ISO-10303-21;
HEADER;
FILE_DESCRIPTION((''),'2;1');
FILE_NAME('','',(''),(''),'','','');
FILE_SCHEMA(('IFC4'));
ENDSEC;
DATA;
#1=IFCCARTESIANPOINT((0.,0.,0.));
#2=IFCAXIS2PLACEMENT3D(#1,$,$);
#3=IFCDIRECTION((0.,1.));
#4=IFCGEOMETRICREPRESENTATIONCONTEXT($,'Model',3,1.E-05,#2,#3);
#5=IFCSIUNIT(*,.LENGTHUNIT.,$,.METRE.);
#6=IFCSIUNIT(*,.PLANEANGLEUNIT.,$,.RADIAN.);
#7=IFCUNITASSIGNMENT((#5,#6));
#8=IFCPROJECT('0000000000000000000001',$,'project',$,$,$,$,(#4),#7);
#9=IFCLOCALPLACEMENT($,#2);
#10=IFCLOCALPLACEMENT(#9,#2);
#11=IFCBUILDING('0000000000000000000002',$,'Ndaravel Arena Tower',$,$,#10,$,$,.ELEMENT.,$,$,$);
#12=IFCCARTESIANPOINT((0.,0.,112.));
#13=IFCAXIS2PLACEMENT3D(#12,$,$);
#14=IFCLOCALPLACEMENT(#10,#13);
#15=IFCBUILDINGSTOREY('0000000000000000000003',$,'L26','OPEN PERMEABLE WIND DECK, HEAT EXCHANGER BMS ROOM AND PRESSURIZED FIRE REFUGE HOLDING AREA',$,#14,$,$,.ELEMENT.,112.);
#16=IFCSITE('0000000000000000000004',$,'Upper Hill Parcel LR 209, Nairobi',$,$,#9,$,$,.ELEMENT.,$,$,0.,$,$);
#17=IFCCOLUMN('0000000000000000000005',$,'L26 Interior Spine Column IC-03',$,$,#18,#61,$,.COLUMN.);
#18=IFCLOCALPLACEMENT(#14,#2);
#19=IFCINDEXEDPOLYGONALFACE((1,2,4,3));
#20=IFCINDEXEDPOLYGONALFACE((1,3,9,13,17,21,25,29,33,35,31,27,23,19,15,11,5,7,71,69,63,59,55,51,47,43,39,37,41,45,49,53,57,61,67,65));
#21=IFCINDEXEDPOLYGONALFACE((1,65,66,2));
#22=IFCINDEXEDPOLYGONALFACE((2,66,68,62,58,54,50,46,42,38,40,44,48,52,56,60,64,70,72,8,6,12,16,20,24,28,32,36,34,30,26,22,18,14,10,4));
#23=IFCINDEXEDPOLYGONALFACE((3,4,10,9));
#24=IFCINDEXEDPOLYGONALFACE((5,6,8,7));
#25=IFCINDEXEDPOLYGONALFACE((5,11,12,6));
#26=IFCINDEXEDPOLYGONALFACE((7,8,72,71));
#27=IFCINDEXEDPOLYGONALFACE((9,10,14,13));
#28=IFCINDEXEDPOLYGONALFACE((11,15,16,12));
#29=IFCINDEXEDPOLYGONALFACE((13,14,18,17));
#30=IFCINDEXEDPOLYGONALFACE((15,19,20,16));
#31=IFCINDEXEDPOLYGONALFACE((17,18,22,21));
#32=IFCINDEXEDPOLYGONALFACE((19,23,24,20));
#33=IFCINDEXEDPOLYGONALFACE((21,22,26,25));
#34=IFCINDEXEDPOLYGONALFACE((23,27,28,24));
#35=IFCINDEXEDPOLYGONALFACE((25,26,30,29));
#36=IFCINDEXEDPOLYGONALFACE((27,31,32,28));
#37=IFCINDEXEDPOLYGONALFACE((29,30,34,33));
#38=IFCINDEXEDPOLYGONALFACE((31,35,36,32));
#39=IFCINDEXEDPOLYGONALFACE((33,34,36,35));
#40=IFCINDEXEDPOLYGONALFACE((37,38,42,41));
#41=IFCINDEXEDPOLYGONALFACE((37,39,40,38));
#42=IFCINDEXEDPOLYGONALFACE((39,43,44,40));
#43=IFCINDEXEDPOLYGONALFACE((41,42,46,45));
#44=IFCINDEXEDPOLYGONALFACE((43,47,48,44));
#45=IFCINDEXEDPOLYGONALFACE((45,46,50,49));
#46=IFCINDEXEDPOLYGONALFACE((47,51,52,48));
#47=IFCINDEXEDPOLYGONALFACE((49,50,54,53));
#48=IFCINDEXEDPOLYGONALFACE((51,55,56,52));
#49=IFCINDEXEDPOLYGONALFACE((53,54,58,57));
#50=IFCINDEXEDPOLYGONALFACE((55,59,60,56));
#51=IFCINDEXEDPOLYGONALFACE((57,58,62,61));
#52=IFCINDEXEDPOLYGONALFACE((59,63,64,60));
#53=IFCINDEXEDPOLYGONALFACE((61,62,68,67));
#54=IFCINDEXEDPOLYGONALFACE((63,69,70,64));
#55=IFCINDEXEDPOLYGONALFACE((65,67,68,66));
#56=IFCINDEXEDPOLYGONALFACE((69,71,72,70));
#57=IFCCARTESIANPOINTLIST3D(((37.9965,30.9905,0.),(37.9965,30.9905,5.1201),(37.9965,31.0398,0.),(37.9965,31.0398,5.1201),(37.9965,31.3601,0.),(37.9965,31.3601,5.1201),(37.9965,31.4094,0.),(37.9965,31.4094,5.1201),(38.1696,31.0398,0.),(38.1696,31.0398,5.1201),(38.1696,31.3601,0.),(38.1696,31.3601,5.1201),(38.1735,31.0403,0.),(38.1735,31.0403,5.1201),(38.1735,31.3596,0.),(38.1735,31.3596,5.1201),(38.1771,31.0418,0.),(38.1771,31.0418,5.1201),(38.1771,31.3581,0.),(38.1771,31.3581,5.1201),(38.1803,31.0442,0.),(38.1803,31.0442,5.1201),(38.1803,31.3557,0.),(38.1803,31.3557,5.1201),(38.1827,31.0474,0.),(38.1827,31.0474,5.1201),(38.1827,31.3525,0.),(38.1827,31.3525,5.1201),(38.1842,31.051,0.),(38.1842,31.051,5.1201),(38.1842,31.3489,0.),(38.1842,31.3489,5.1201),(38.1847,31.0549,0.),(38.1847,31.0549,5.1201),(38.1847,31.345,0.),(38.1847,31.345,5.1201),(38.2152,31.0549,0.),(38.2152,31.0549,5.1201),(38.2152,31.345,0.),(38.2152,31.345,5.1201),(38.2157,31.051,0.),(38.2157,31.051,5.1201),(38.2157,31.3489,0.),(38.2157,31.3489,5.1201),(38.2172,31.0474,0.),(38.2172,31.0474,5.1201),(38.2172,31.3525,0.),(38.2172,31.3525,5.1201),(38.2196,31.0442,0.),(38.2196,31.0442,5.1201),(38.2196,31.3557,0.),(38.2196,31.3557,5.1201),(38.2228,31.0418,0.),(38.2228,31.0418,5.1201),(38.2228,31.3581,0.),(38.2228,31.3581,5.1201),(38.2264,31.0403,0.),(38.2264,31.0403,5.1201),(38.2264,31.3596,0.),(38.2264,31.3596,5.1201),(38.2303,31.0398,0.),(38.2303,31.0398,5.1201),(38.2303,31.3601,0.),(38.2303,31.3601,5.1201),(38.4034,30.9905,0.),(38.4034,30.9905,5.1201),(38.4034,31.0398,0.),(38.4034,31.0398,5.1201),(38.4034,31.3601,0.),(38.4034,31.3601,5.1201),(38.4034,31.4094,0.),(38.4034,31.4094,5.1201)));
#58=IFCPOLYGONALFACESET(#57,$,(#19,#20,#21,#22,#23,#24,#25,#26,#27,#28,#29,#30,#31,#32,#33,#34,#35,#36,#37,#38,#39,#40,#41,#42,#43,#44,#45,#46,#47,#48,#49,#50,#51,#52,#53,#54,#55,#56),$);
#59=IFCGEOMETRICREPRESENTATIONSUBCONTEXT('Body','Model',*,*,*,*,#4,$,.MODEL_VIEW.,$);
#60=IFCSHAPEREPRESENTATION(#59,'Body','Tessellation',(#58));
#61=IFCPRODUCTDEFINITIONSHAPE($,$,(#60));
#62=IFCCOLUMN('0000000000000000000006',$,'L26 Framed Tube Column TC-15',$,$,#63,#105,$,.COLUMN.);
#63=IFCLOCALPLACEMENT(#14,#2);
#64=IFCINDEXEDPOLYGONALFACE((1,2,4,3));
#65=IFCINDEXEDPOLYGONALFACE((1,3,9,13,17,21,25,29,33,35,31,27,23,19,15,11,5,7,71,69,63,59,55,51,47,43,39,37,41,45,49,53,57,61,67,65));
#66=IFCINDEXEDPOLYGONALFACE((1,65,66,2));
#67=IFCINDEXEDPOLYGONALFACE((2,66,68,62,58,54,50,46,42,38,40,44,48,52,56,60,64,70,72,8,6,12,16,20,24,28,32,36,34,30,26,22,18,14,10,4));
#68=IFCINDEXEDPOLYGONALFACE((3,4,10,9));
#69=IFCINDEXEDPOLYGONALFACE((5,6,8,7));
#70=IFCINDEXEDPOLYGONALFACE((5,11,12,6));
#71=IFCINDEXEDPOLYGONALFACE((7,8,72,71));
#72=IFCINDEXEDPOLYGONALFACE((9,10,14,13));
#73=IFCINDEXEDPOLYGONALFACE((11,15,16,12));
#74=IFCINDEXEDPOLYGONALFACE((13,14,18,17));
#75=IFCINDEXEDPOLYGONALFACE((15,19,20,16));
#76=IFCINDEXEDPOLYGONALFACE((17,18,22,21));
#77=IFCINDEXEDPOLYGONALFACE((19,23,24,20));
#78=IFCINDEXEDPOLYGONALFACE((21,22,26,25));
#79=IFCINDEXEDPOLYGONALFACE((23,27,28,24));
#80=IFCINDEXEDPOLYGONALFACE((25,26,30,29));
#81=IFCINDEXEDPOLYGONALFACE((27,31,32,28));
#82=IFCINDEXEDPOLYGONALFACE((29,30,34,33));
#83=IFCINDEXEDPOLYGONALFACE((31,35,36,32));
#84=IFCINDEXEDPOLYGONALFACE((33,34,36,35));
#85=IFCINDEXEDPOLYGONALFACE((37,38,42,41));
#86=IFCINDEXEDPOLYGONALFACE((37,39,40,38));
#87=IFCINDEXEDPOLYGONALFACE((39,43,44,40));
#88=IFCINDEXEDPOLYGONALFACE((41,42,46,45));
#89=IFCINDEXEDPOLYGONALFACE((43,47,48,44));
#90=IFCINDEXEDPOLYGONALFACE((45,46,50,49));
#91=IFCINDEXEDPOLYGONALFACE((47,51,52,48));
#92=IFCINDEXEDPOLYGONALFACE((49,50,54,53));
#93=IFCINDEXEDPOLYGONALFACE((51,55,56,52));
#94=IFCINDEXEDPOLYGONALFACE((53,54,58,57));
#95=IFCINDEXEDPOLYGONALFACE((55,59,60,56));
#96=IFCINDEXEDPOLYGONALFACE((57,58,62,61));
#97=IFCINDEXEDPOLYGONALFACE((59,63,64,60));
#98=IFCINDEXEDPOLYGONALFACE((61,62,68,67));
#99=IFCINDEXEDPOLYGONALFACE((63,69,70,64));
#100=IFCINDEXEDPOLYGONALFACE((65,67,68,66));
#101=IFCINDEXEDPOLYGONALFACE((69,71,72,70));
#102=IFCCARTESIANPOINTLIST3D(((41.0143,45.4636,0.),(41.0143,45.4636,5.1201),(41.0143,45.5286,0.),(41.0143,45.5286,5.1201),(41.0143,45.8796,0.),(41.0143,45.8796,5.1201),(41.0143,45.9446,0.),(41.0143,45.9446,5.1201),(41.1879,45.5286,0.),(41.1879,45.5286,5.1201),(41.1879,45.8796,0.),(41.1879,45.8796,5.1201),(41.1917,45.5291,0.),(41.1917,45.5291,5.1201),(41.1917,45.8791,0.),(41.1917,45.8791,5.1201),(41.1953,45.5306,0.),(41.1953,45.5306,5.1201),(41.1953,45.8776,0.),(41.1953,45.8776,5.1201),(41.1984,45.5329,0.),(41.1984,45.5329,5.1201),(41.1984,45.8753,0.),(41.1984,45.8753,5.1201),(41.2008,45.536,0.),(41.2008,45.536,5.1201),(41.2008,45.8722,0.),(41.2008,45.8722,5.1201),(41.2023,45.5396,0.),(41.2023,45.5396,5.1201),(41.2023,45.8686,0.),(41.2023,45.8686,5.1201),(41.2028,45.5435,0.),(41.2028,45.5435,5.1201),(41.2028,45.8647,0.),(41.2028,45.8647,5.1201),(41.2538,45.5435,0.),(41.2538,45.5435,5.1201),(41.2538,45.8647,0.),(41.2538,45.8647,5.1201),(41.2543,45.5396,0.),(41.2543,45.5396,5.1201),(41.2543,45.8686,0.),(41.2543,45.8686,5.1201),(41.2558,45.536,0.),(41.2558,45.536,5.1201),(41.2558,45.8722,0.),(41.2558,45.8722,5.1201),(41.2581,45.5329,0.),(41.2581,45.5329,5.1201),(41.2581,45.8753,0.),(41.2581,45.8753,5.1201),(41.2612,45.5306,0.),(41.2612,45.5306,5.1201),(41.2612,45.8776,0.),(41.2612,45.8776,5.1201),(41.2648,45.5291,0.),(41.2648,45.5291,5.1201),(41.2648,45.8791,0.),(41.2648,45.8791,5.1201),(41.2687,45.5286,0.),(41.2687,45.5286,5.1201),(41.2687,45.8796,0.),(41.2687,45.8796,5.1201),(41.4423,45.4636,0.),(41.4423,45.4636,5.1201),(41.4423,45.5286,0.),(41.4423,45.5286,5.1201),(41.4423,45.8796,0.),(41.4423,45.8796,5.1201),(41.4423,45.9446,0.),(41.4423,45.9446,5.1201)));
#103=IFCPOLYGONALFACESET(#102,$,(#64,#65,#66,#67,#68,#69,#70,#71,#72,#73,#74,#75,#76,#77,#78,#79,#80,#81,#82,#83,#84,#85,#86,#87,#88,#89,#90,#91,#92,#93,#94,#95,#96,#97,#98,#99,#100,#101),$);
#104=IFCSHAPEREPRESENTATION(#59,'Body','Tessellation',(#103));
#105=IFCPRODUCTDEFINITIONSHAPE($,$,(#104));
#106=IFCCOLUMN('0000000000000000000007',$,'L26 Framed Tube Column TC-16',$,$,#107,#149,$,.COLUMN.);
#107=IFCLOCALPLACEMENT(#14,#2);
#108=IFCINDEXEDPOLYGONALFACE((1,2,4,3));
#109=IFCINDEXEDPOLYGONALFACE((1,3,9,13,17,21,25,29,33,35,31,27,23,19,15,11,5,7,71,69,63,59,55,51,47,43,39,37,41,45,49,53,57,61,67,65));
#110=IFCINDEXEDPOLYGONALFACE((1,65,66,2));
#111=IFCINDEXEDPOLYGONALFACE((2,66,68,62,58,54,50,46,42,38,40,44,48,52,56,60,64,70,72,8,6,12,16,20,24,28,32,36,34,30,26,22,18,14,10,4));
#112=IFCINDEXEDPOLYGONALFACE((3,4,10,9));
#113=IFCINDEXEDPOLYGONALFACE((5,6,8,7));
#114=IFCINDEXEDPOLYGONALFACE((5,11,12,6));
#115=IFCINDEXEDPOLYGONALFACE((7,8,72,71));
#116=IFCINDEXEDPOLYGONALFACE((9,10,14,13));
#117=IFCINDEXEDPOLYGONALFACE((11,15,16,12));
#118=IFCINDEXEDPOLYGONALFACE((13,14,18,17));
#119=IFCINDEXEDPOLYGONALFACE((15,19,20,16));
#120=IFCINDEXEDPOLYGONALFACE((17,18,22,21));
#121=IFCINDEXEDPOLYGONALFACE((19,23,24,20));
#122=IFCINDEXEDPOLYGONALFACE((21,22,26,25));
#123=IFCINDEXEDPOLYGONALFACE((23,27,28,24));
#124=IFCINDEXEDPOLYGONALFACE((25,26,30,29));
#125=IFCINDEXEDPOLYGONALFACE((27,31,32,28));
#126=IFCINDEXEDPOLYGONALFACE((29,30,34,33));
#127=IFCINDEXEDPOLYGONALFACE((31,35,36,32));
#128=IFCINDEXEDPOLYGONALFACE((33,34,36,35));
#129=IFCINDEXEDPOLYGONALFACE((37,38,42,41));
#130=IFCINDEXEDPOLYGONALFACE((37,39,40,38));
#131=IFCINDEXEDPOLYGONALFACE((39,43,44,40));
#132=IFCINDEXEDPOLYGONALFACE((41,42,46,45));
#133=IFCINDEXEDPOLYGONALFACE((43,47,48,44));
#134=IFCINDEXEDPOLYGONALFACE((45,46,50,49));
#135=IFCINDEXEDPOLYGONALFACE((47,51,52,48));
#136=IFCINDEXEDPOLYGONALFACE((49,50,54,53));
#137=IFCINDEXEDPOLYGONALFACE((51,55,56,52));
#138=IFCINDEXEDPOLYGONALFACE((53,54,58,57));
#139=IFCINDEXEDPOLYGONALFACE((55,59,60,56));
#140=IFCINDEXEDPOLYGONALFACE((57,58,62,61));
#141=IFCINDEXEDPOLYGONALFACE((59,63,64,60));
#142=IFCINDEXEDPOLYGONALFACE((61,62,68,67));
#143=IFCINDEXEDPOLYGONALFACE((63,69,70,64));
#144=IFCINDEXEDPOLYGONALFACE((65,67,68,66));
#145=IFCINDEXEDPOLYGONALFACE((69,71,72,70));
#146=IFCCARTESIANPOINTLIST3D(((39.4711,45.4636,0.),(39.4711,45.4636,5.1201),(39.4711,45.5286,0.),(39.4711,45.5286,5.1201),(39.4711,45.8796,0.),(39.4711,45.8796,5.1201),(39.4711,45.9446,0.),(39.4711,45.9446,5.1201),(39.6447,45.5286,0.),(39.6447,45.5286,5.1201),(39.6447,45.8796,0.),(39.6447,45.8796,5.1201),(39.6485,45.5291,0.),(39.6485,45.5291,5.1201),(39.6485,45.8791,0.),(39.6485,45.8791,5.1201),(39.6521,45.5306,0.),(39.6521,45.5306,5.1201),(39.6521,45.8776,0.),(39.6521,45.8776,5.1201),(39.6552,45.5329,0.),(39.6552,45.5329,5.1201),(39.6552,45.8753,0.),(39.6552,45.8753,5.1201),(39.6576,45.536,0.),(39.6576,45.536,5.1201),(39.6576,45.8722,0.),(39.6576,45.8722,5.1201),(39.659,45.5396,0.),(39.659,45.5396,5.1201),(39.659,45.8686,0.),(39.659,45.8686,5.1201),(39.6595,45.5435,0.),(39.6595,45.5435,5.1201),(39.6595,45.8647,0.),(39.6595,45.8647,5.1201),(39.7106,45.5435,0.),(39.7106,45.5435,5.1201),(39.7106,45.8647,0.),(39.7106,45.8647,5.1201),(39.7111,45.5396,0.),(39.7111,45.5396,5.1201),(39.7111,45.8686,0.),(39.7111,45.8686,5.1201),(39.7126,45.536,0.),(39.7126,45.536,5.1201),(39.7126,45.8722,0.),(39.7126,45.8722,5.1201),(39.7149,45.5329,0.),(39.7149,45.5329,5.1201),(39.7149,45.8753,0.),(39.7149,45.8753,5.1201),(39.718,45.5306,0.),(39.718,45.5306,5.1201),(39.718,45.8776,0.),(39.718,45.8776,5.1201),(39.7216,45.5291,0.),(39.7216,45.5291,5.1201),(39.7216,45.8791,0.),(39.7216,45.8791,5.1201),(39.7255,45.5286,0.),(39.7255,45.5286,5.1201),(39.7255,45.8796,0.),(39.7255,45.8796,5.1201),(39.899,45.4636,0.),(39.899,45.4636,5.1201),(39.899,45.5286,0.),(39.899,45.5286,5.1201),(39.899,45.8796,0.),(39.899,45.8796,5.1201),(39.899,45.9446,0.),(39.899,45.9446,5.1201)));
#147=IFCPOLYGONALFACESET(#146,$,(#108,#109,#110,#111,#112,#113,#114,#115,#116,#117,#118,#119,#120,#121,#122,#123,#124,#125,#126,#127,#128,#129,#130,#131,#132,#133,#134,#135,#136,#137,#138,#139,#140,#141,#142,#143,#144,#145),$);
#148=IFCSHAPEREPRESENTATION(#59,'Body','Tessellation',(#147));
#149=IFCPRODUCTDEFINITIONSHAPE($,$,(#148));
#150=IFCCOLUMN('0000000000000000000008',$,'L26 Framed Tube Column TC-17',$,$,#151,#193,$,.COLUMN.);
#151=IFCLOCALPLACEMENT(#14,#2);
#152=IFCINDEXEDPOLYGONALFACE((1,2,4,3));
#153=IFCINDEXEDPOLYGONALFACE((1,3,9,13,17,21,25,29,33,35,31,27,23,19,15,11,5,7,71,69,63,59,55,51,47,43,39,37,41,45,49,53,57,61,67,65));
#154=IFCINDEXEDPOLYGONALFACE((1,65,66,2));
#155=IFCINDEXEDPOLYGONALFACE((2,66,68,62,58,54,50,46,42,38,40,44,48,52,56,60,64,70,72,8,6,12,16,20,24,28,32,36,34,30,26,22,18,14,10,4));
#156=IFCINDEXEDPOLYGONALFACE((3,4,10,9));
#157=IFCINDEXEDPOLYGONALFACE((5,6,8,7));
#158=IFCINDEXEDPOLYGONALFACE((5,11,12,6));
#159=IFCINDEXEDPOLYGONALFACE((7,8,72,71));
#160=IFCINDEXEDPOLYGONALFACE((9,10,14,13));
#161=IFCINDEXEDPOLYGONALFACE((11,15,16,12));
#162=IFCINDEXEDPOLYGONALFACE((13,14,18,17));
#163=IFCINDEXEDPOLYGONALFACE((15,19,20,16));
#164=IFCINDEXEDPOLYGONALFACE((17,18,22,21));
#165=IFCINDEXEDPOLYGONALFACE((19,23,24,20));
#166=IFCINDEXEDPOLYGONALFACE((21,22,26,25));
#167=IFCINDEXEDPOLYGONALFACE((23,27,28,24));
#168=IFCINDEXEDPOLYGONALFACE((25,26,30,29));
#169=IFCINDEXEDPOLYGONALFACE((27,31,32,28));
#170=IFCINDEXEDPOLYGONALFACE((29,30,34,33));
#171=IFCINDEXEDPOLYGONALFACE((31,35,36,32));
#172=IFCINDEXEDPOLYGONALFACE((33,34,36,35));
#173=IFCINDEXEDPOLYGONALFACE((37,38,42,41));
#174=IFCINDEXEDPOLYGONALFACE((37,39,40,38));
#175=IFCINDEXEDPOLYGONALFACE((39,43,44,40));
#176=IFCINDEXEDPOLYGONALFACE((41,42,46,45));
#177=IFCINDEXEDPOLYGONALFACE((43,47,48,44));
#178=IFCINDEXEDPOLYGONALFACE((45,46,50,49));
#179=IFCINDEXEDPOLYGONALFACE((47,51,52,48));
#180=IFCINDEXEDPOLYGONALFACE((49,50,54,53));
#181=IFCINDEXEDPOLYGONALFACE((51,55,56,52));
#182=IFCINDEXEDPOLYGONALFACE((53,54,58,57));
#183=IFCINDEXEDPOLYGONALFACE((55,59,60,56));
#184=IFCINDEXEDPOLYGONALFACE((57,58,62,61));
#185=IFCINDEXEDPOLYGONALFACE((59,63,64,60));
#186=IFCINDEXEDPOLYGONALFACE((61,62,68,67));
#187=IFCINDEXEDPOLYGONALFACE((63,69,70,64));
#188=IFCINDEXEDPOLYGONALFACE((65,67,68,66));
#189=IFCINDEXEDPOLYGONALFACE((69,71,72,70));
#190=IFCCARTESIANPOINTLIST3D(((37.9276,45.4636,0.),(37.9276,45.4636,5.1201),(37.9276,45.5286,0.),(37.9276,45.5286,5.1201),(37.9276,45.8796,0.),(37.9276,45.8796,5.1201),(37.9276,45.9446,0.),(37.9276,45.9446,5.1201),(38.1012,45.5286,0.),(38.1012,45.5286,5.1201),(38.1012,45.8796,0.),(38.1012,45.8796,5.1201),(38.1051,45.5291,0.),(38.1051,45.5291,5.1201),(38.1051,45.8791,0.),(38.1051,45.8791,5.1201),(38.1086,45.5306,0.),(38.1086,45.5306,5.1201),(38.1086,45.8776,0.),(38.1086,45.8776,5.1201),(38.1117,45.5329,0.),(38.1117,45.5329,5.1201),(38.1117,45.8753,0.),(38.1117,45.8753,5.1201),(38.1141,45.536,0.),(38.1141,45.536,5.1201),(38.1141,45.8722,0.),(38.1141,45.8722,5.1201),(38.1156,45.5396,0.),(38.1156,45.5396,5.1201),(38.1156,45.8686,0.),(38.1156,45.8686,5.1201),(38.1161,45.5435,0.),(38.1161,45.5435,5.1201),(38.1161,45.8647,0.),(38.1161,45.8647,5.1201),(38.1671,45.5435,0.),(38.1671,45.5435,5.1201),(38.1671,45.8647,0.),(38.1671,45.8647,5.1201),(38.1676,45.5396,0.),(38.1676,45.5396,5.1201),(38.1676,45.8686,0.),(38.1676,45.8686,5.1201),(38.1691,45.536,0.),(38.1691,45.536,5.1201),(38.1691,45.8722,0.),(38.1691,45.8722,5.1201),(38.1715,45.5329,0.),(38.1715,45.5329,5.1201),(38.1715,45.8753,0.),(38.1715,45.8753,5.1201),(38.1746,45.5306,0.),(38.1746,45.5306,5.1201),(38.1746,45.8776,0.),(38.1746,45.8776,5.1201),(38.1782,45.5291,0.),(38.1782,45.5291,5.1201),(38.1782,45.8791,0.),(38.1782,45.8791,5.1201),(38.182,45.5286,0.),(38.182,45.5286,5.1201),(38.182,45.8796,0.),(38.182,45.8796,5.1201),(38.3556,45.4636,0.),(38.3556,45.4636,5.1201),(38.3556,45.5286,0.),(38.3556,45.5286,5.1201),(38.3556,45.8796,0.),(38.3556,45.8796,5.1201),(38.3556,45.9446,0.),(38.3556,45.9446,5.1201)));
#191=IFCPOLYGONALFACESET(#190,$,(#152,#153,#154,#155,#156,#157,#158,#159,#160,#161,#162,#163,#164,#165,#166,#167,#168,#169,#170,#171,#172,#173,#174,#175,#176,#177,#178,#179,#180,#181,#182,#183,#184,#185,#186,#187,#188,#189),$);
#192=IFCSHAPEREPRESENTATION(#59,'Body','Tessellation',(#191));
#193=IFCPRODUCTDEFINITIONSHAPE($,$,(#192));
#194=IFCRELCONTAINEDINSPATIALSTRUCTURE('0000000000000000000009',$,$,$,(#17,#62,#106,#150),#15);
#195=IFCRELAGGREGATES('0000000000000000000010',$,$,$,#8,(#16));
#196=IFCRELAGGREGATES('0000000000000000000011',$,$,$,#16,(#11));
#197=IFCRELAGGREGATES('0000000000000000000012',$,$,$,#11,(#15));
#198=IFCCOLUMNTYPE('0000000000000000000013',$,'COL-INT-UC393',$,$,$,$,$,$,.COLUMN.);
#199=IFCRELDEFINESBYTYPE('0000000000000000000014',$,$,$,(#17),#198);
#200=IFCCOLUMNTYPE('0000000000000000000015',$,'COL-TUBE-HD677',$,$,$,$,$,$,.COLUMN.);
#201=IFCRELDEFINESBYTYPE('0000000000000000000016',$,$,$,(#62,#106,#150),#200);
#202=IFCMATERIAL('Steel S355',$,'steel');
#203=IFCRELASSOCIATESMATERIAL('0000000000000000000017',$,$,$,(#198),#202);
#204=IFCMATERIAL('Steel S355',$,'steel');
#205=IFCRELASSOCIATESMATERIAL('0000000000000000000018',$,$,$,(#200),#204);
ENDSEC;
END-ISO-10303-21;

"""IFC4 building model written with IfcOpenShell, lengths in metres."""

from ifc_helpers import new_model, si_unit, direction, frame, origin, origin_2d, place, context, subcontext, project, spatial, i_section, extrude, material, material_profile, profile_set, type_object, element, save


model = new_model("IFC4")

# Units and contexts
model_context = context("Model", 3, precision=1e-05, world=origin(), true_north=direction((0.0, 1.0)))
body_context = subcontext(model_context, "Body", "Model", "MODEL_VIEW")
ifc_project = project(units=[si_unit("LENGTHUNIT", "METRE"), si_unit("PLANEANGLEUNIT", "RADIAN")], contexts=[model_context])

# Site, building, storey
site_placement = place(None, origin())
site = spatial("IfcSite", under=ifc_project, at=site_placement, Name="Upper Hill Parcel LR 209, Nairobi", CompositionType="ELEMENT", RefElevation=0.0)
building_placement = place(site_placement, origin())
building = spatial("IfcBuilding", under=site, at=building_placement, Name="Ndaravel Arena Tower", CompositionType="ELEMENT")
storey_placement = place(building_placement, frame((0.0, 0.0, 112.0)))
storey = spatial("IfcBuildingStorey", under=building, at=storey_placement, Name="L26", Description="OPEN PERMEABLE WIND DECK, HEAT EXCHANGER BMS ROOM AND PRESSURIZED FIRE REFUGE HOLDING AREA", CompositionType="ELEMENT", Elevation=112.0)

# Columns
ifc_material_1 = material(Name="Steel S355", Category="steel")
ifc_material_profile_1 = material_profile(ifc_material_1, i_section(OverallWidth=0.407, OverallDepth=0.4189, WebThickness=0.0305, FlangeThickness=0.0493, FilletRadius=0.0151, at=origin_2d()), Name="UC 356x406x393")
ifc_profile_set_1 = profile_set([ifc_material_profile_1], Name="Steel S355")
column_type_1 = type_object("IfcColumnType", Name="COL-INT-UC393", PredefinedType="COLUMN", material=ifc_profile_set_1)
column_placement = place(storey_placement, frame((38.2, 31.2, 0.0), z_axis=(0.0, 0.0, 1.0), x_axis=(1.0, 0.0, 0.0)))
element("IfcColumn", 1, at=column_placement, inside=storey, type_object=column_type_1, Name="L26 Interior Spine Column IC-03", PredefinedType="COLUMN", context=body_context, shape_type="SweptSolid", body=[
    extrude(i_section(OverallWidth=0.407, OverallDepth=0.4189, WebThickness=0.0305, FlangeThickness=0.0493, FilletRadius=0.0151, at=origin_2d()), origin(), (0.0, 0.0, 1.0), 5.1201),
])
ifc_material_2 = material(Name="Steel S355", Category="steel")
ifc_material_profile_2 = material_profile(ifc_material_2, i_section(OverallWidth=0.428, OverallDepth=0.481, WebThickness=0.051, FlangeThickness=0.0649, FilletRadius=0.0149, at=origin_2d()), Name="HD 400x677")
ifc_profile_set_2 = profile_set([ifc_material_profile_2], Name="Steel S355")
column_type_2 = type_object("IfcColumnType", Name="COL-TUBE-HD677", PredefinedType="COLUMN", material=ifc_profile_set_2)
for number, where, z_axis, x_axis, name in (
    (2, (41.2283, 45.7041, 0.0), (0.0, 0.0, 1.0), (1.0, 0.0, 0.0), "L26 Framed Tube Column TC-15"),
    (3, (39.6851, 45.7041, 0.0), (0.0, 0.0, 1.0), (1.0, 0.0, 0.0), "L26 Framed Tube Column TC-16"),
    (4, (38.1416, 45.7041, 0.0), (0.0, 0.0, 1.0), (1.0, 0.0, 0.0), "L26 Framed Tube Column TC-17"),
):
    element("IfcColumn", number, at=place(storey_placement, frame(where, z_axis=z_axis, x_axis=x_axis)), inside=storey, type_object=column_type_2, Name=name, PredefinedType="COLUMN", context=body_context, shape_type="SweptSolid", body=[
        extrude(i_section(OverallWidth=0.428, OverallDepth=0.481, WebThickness=0.051, FlangeThickness=0.0649, FilletRadius=0.0149, at=origin_2d()), origin(), (0.0, 0.0, 1.0), 5.1201),
    ])

save(model, "model.ifc")
